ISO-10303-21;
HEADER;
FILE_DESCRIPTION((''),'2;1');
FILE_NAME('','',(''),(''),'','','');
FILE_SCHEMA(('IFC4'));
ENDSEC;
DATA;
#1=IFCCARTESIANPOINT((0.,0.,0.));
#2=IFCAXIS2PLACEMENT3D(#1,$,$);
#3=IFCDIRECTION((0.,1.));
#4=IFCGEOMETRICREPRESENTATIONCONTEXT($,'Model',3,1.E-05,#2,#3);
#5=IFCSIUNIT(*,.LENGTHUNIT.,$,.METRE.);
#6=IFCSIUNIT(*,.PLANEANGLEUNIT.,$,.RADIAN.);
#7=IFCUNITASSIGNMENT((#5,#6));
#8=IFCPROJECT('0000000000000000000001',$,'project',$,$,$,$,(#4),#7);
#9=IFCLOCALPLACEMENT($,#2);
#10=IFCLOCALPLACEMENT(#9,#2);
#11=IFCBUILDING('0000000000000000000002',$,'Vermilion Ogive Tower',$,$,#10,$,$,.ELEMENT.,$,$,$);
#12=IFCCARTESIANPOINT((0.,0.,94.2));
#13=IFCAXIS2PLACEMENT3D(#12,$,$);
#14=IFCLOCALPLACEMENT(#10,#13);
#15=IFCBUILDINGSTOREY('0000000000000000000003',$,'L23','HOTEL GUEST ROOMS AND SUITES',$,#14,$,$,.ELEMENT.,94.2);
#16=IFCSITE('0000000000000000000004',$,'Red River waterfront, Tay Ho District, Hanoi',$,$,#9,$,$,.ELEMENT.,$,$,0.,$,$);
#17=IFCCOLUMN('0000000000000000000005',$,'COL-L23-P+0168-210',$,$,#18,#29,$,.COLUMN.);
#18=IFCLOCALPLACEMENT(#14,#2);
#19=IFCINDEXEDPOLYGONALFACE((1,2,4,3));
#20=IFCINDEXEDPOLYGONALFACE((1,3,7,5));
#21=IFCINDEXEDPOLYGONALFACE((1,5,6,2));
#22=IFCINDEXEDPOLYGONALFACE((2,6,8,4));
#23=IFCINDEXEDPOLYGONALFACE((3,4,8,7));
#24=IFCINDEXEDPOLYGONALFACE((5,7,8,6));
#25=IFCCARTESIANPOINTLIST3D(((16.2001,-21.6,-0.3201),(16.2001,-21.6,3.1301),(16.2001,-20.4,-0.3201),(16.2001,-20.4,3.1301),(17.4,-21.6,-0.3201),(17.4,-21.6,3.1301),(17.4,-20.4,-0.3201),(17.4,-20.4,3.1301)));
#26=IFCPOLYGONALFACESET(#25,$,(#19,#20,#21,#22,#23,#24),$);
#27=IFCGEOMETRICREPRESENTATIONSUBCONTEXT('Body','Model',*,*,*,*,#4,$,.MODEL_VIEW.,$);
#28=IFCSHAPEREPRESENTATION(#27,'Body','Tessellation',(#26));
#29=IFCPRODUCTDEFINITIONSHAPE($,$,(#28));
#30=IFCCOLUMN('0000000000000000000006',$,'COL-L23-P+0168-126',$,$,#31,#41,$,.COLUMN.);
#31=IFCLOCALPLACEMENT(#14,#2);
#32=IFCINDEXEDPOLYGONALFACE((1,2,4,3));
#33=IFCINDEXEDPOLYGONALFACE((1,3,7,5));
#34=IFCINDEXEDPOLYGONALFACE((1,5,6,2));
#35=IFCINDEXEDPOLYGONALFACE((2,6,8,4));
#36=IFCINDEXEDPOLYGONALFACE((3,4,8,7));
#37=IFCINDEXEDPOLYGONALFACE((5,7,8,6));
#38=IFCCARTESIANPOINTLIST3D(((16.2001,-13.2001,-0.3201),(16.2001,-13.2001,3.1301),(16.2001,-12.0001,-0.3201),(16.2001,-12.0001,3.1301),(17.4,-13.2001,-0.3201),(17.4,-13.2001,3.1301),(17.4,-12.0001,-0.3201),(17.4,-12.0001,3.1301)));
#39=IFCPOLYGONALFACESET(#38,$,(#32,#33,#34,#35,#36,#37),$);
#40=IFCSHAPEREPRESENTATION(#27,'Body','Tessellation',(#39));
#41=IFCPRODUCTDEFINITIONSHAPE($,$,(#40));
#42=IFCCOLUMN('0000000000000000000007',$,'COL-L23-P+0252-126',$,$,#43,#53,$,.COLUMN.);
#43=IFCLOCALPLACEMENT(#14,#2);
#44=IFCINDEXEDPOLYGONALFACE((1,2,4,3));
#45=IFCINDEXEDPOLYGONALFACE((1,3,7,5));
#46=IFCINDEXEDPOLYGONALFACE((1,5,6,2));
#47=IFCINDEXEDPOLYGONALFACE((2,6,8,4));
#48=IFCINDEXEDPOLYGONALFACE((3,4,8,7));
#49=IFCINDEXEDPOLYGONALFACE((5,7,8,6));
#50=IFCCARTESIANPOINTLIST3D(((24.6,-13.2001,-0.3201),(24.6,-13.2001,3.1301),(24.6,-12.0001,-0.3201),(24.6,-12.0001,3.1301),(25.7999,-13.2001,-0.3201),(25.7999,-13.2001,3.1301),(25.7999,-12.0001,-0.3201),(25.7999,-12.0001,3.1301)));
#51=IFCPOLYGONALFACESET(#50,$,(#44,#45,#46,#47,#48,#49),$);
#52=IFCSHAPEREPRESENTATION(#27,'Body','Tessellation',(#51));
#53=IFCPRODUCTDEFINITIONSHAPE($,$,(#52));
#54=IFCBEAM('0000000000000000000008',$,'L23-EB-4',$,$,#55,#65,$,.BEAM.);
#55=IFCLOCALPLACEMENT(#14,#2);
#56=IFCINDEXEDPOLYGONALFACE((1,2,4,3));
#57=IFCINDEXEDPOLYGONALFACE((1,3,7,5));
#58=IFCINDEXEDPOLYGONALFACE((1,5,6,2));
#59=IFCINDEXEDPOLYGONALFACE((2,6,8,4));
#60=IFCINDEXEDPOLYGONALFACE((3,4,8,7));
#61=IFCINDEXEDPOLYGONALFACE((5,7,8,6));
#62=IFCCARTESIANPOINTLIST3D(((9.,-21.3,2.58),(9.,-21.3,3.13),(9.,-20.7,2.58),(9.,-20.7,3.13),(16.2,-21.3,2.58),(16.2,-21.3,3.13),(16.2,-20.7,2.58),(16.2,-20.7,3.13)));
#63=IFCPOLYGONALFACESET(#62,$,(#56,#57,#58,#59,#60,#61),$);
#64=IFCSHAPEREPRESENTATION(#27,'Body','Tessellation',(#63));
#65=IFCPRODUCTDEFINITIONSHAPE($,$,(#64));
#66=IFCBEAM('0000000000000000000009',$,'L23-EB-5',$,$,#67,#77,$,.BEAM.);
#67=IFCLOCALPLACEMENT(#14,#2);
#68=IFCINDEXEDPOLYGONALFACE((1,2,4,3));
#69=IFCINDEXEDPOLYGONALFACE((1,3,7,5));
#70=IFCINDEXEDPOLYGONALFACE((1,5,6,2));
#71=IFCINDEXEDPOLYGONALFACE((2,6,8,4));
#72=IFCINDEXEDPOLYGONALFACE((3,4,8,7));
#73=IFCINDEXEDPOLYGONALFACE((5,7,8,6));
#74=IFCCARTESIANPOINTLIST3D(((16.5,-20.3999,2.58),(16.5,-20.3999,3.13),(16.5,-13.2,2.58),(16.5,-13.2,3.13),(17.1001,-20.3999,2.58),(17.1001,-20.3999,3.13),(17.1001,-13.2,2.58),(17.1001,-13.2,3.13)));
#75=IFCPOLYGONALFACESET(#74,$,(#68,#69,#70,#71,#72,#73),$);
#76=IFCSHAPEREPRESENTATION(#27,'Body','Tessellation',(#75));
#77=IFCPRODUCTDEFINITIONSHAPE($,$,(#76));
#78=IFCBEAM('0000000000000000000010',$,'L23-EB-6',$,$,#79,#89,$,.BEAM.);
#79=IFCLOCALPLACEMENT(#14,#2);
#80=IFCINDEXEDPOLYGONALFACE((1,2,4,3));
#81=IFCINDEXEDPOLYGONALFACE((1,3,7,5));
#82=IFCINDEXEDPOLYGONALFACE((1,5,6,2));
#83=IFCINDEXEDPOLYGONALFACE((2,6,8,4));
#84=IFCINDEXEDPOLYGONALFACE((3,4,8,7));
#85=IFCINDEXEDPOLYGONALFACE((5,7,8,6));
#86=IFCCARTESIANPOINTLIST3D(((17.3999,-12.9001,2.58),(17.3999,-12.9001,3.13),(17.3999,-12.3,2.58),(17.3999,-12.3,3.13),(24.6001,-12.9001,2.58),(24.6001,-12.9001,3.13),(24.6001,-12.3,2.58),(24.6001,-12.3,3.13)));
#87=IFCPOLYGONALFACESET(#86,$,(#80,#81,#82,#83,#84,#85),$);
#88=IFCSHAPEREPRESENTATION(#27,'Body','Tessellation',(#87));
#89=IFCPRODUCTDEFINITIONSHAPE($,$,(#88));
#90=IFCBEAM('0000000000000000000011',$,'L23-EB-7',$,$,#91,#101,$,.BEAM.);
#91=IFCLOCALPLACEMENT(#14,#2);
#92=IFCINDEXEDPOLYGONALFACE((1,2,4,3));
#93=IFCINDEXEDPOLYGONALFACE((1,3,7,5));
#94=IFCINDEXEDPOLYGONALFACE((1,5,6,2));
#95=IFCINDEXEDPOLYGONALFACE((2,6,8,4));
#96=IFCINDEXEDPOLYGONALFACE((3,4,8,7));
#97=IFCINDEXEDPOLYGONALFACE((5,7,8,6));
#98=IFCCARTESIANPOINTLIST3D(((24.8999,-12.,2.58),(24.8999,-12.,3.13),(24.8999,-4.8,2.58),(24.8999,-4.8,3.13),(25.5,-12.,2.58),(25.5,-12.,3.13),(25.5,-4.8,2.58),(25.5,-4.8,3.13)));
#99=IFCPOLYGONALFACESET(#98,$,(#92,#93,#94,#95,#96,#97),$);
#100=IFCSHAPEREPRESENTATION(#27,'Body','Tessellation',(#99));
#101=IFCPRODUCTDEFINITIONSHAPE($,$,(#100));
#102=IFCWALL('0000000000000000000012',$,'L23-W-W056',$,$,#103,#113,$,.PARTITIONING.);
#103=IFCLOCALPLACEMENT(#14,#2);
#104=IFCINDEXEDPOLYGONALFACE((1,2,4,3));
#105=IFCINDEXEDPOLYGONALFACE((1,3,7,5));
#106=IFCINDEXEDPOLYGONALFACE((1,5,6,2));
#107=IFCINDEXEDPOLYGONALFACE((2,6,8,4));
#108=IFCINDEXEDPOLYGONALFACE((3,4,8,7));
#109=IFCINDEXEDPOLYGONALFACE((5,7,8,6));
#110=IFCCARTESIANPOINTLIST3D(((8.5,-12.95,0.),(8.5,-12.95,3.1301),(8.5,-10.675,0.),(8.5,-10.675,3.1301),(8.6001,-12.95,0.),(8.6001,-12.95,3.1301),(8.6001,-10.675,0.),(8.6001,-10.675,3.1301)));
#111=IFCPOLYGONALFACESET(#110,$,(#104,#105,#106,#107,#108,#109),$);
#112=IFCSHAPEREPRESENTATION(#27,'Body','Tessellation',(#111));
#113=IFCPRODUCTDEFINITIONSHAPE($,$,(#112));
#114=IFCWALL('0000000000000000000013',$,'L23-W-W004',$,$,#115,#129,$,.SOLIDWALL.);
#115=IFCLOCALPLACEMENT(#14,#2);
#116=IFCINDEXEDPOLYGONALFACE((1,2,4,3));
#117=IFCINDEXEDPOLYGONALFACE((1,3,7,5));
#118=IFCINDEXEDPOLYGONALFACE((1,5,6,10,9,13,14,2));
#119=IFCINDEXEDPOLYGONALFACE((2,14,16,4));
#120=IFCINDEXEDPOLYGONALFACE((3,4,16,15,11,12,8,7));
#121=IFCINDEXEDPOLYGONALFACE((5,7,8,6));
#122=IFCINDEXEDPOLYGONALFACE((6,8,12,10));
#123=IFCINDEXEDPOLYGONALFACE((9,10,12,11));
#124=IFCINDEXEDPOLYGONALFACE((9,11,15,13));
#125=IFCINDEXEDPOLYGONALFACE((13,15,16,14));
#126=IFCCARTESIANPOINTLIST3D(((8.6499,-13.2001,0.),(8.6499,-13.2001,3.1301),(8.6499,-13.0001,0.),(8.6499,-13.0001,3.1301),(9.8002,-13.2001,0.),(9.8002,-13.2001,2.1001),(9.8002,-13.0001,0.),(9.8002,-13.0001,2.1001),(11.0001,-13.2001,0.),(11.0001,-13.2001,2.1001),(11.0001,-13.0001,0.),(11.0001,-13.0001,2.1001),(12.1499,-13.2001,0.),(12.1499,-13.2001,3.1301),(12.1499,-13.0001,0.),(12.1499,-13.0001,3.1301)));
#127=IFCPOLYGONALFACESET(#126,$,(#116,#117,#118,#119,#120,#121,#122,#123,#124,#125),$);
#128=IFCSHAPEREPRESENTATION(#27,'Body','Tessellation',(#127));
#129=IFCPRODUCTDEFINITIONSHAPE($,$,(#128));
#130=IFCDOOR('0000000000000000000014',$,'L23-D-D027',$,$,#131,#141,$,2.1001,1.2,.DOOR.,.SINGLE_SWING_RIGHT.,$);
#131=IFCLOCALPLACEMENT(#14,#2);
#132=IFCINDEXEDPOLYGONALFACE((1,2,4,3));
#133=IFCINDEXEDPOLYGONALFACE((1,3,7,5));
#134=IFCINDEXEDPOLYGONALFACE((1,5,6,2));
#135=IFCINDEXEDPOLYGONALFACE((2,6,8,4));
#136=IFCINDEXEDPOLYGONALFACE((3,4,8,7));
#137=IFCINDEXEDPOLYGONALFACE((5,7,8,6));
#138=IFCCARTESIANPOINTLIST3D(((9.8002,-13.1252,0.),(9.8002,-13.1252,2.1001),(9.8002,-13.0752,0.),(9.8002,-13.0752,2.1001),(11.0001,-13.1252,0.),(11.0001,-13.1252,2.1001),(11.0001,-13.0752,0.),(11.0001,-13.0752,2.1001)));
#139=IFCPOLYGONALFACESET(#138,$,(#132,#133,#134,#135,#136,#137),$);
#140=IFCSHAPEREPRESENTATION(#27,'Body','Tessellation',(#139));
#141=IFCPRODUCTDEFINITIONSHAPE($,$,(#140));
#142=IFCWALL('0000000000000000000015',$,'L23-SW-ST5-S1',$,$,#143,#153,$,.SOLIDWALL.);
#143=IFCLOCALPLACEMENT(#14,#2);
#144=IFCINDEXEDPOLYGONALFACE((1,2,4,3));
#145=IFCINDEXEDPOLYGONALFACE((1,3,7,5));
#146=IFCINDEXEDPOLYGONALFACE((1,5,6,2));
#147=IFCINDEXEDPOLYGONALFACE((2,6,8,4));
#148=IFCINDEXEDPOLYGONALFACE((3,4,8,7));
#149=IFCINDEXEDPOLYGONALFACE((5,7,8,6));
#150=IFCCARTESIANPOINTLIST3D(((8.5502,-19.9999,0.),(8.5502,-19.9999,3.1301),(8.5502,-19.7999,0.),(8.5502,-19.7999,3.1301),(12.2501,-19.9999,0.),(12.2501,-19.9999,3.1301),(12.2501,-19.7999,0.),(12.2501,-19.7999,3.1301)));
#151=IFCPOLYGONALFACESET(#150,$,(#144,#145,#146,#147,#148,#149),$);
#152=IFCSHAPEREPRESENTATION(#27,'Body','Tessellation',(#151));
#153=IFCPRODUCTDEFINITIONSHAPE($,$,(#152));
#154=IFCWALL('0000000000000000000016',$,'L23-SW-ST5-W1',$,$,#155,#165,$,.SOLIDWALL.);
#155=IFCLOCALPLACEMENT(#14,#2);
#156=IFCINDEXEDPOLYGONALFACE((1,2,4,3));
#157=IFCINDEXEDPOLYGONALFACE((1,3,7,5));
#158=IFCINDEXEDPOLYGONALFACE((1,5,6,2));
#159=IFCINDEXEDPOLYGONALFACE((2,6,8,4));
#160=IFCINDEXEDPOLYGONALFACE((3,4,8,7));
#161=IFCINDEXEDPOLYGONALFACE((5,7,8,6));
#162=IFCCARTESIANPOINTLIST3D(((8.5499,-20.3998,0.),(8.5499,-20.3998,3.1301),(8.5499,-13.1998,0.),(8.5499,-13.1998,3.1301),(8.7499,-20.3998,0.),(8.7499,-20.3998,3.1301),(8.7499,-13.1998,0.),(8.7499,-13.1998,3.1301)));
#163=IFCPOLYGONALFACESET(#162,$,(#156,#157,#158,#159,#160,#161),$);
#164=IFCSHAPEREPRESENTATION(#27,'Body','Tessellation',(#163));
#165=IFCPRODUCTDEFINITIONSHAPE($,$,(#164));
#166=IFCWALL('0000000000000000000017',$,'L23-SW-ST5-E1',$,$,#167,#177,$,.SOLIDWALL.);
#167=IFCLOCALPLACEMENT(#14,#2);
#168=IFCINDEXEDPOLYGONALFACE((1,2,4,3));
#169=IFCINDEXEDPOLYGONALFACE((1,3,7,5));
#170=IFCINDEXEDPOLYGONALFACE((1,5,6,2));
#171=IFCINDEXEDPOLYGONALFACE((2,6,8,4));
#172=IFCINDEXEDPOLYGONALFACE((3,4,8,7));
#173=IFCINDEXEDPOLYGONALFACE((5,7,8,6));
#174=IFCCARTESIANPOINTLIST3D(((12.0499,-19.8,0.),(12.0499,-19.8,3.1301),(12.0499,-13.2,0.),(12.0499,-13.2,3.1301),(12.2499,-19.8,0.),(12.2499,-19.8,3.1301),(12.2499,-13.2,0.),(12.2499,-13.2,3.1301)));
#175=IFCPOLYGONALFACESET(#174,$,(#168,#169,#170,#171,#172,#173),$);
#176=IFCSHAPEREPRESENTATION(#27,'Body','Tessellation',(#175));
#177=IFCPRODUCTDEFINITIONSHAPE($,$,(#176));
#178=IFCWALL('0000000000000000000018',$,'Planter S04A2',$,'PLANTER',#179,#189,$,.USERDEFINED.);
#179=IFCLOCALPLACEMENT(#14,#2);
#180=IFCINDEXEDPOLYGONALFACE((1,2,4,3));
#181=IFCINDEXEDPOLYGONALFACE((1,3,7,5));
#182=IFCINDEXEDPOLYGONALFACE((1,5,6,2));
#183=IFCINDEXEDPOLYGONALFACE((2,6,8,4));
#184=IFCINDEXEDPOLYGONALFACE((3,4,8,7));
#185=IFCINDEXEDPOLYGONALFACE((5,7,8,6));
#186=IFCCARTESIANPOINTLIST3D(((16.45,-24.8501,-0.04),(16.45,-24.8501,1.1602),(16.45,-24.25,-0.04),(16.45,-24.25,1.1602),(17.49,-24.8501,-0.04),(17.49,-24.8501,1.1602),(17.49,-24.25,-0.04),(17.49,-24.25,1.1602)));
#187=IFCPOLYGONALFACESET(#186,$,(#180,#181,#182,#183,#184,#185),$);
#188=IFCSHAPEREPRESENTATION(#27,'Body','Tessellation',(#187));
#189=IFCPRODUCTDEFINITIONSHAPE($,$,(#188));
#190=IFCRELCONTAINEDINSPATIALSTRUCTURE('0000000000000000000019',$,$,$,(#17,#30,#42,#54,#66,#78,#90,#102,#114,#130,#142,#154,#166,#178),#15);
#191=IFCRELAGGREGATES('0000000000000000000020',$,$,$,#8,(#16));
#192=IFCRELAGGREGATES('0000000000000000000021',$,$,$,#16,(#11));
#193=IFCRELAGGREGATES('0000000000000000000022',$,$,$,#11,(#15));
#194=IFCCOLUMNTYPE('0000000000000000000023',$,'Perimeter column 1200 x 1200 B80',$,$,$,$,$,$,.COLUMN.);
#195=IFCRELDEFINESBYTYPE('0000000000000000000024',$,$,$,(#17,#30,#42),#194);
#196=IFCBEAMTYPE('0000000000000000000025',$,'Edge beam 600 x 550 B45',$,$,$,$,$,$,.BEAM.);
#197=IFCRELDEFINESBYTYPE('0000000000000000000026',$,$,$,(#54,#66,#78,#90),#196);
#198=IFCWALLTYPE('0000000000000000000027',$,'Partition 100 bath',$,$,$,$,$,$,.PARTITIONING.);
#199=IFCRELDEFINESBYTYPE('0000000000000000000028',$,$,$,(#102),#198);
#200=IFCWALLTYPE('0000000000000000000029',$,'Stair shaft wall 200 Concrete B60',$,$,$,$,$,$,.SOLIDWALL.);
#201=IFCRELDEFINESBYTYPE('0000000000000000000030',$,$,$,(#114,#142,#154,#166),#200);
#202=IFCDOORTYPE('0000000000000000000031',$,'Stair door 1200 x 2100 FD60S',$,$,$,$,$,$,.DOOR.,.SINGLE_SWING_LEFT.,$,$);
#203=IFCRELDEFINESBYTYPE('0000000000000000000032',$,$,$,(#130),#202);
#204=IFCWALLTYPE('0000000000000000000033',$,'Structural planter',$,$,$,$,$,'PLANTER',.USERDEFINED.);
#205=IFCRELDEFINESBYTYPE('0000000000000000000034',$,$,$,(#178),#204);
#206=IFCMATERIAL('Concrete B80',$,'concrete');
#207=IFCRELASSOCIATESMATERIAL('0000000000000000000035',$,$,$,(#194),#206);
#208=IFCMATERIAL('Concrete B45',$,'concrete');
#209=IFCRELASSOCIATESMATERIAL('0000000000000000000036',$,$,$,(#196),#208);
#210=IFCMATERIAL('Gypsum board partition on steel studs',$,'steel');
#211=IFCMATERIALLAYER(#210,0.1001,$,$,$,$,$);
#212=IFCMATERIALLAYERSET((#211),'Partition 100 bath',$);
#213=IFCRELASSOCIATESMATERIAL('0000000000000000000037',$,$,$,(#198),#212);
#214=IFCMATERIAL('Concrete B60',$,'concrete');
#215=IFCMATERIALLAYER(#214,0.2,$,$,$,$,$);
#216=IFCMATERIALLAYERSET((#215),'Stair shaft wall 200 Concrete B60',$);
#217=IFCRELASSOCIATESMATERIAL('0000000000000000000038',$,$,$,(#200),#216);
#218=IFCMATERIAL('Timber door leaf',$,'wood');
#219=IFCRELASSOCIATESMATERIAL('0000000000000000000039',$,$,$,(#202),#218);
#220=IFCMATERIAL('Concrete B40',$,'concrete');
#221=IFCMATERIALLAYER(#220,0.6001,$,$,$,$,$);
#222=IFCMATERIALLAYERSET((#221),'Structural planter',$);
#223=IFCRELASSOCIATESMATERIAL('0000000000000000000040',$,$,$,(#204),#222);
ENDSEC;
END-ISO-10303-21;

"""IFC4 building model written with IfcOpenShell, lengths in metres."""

from ifc_helpers import new_model, si_unit, direction, frame, frame_2d, origin, origin_2d, place, context, subcontext, project, spatial, rectangle, extrude, material, layer, layer_set, material_profile, profile_set, type_object, element, fill, save


model = new_model("IFC4")

# Units and contexts
model_context = context("Model", 3, precision=1e-05, world=origin(), true_north=direction((0.0, 1.0)))
body_context = subcontext(model_context, "Body", "Model", "MODEL_VIEW")
ifc_project = project(units=[si_unit("LENGTHUNIT", "METRE"), si_unit("PLANEANGLEUNIT", "RADIAN")], contexts=[model_context])

# Site, building, storey
site_placement = place(None, origin())
site = spatial("IfcSite", under=ifc_project, at=site_placement, Name="Red River waterfront, Tay Ho District, Hanoi", CompositionType="ELEMENT", RefElevation=0.0)
building_placement = place(site_placement, origin())
building = spatial("IfcBuilding", under=site, at=building_placement, Name="Vermilion Ogive Tower", CompositionType="ELEMENT")
storey_placement = place(building_placement, frame((0.0, 0.0, 94.2)))
storey = spatial("IfcBuildingStorey", under=building, at=storey_placement, Name="L23", Description="HOTEL GUEST ROOMS AND SUITES", CompositionType="ELEMENT", Elevation=94.2)

# Columns
ifc_material_1 = material(Name="Concrete B80", Category="concrete")
ifc_material_profile_1 = material_profile(ifc_material_1, rectangle(XDim=1.2, YDim=1.2, at=origin_2d()), Name="1200 x 1200")
ifc_profile_set_1 = profile_set([ifc_material_profile_1], Name="Concrete B80")
column_type = type_object("IfcColumnType", Name="Perimeter column 1200 x 1200 B80", PredefinedType="COLUMN", material=ifc_profile_set_1)
for number, where, z_axis, x_axis, name in (
    (1, (16.8, -21.0, -0.3201), (0.0, 0.0, 1.0), (1.0, 0.0, 0.0), "COL-L23-P+0168-210"),
    (2, (16.8, -12.6001, -0.3201), (0.0, 0.0, 1.0), (1.0, 0.0, 0.0), "COL-L23-P+0168-126"),
    (3, (25.2, -12.6001, -0.3201), (0.0, 0.0, 1.0), (1.0, 0.0, 0.0), "COL-L23-P+0252-126"),
):
    element("IfcColumn", number, at=place(storey_placement, frame(where, z_axis=z_axis, x_axis=x_axis)), inside=storey, type_object=column_type, Name=name, PredefinedType="COLUMN", context=body_context, shape_type="SweptSolid", body=[
        extrude(rectangle(XDim=1.2, YDim=1.2, at=origin_2d()), origin(), (0.0, 0.0, 1.0), 3.4502),
    ])

# Beams
ifc_material_2 = material(Name="Concrete B45", Category="concrete")
ifc_material_profile_2 = material_profile(ifc_material_2, rectangle(XDim=0.6001, YDim=0.55, at=origin_2d()), Name="600 x 550")
ifc_profile_set_2 = profile_set([ifc_material_profile_2], Name="Concrete B45")
beam_type = type_object("IfcBeamType", Name="Edge beam 600 x 550 B45", PredefinedType="BEAM", material=ifc_profile_set_2)
for number, where, z_axis, x_axis, name in (
    (4, (9.0, -21.0, 2.855), (1.0, 0.0, 0.0), (0.0, 1.0, 0.0), "L23-EB-4"),
    (5, (16.8, -20.3999, 2.855), (0.0, 1.0, 0.0), (-1.0, 0.0, 0.0), "L23-EB-5"),
):
    element("IfcBeam", number, at=place(storey_placement, frame(where, z_axis=z_axis, x_axis=x_axis)), inside=storey, type_object=beam_type, Name=name, PredefinedType="BEAM", context=body_context, shape_type="SweptSolid", body=[
        extrude(rectangle(XDim=0.6001, YDim=0.55, at=origin_2d()), origin(), (0.0, 0.0, 1.0), 7.2),
    ])
beam_1_placement = place(storey_placement, frame((17.3999, -12.6001, 2.855), z_axis=(1.0, 0.0, 0.0), x_axis=(0.0, 1.0, 0.0)))
element("IfcBeam", 6, at=beam_1_placement, inside=storey, type_object=beam_type, Name="L23-EB-6", PredefinedType="BEAM", context=body_context, shape_type="SweptSolid", body=[
    extrude(rectangle(XDim=0.6001, YDim=0.55, at=origin_2d()), origin(), (0.0, 0.0, 1.0), 7.2002),
])
beam_2_placement = place(storey_placement, frame((25.2, -12.0, 2.855), z_axis=(0.0, 1.0, 0.0), x_axis=(-1.0, 0.0, 0.0)))
element("IfcBeam", 7, at=beam_2_placement, inside=storey, type_object=beam_type, Name="L23-EB-7", PredefinedType="BEAM", context=body_context, shape_type="SweptSolid", body=[
    extrude(rectangle(XDim=0.6001, YDim=0.55, at=origin_2d()), origin(), (0.0, 0.0, 1.0), 7.2),
])

# Wall
ifc_material_3 = material(Name="Gypsum board partition on steel studs", Category="steel")
ifc_layer_1 = layer(ifc_material_3, 0.1001)
ifc_layer_set_1 = layer_set([ifc_layer_1], Name="Partition 100 bath")
wall_type_1 = type_object("IfcWallType", Name="Partition 100 bath", PredefinedType="PARTITIONING", material=ifc_layer_set_1)
wall_1_placement = place(storey_placement, frame((8.55, -12.95, 0.0), z_axis=(0.0, 0.0, 1.0), x_axis=(0.0, 1.0, 0.0)))
element("IfcWall", 8, at=wall_1_placement, inside=storey, type_object=wall_type_1, Name="L23-W-W056", PredefinedType="PARTITIONING", context=body_context, shape_type="SweptSolid", body=[
    extrude(rectangle(XDim=2.2749, YDim=0.1001, at=frame_2d((1.1375, 0.0))), origin(), (0.0, 0.0, 1.0), 3.1301),
])

# Wall, opening, door
ifc_material_4 = material(Name="Concrete B60", Category="concrete")
ifc_layer_2 = layer(ifc_material_4, 0.2)
ifc_layer_set_2 = layer_set([ifc_layer_2], Name="Stair shaft wall 200 Concrete B60")
wall_type_2 = type_object("IfcWallType", Name="Stair shaft wall 200 Concrete B60", PredefinedType="SOLIDWALL", material=ifc_layer_set_2)
wall_2_placement = place(storey_placement, frame((8.6499, -13.1001, 0.0), z_axis=(0.0, 0.0, 1.0), x_axis=(1.0, 0.0, 0.0)))
wall_2 = element("IfcWall", 9, at=wall_2_placement, inside=storey, type_object=wall_type_2, Name="L23-W-W004", PredefinedType="SOLIDWALL", context=body_context, shape_type="SweptSolid", body=[
    extrude(rectangle(XDim=3.5, YDim=0.2, at=frame_2d((1.75, 0.0))), origin(), (0.0, 0.0, 1.0), 3.1301),
])
opening_1_placement = place(wall_2_placement, frame((1.1501, 0.0, 0.0)))
opening_1 = element("IfcOpeningElement", 10, at=opening_1_placement, cuts=wall_2, PredefinedType="OPENING", context=body_context, shape_type="SweptSolid", body=[
    extrude(rectangle(XDim=1.2, YDim=2.1001, at=frame_2d((0.6001, 1.05))), frame((0.0, 0.1099, 0.0), z_axis=(0.0, -1.0, 0.0), x_axis=(1.0, 0.0, 0.0)), (0.0, 0.0, 1.0), 0.22),
])
ifc_material_5 = material(Name="Timber door leaf", Category="wood")
door_type_1 = type_object("IfcDoorType", Name="Stair door 1200 x 2100 FD60S", OperationType="SINGLE_SWING_LEFT", PredefinedType="DOOR", material=ifc_material_5)
door_1_placement = place(opening_1_placement, origin())
door_1 = element("IfcDoor", 11, at=door_1_placement, inside=storey, type_object=door_type_1, Name="L23-D-D027", OperationType="SINGLE_SWING_RIGHT", OverallHeight=2.1001, OverallWidth=1.2, PredefinedType="DOOR", context=body_context, shape_type="SweptSolid", body=[
    extrude(rectangle(XDim=1.2, YDim=2.1001, at=frame_2d((0.6001, 1.05))), frame((0.0, 0.0249, 0.0), z_axis=(0.0, -1.0, 0.0), x_axis=(1.0, 0.0, 0.0)), (0.0, 0.0, 1.0), 0.05),
])
fill(opening_1, door_1)

# Walls
wall_3_placement = place(storey_placement, frame((8.55, -19.8999, 0.0), z_axis=(0.0, 0.0, 1.0), x_axis=(1.0, 0.0, 0.0)))
element("IfcWall", 12, at=wall_3_placement, inside=storey, type_object=wall_type_2, Name="L23-SW-ST5-S1", PredefinedType="SOLIDWALL", context=body_context, shape_type="SweptSolid", body=[
    extrude(rectangle(XDim=3.7, YDim=0.2, at=frame_2d((1.8501, 0.0))), origin(), (0.0, 0.0, 1.0), 3.1301),
])
wall_4_placement = place(storey_placement, frame((8.6499, -20.3999, 0.0), z_axis=(0.0, 0.0, 1.0), x_axis=(0.0, 1.0, 0.0)))
element("IfcWall", 13, at=wall_4_placement, inside=storey, type_object=wall_type_2, Name="L23-SW-ST5-W1", PredefinedType="SOLIDWALL", context=body_context, shape_type="SweptSolid", body=[
    extrude(rectangle(XDim=7.2, YDim=0.2, at=frame_2d((3.6001, 0.0))), origin(), (0.0, 0.0, 1.0), 3.1301),
])
wall_5_placement = place(storey_placement, frame((12.1499, -19.8, 0.0), z_axis=(0.0, 0.0, 1.0), x_axis=(0.0, 1.0, 0.0)))
element("IfcWall", 14, at=wall_5_placement, inside=storey, type_object=wall_type_2, Name="L23-SW-ST5-E1", PredefinedType="SOLIDWALL", context=body_context, shape_type="SweptSolid", body=[
    extrude(rectangle(XDim=6.6001, YDim=0.2, at=frame_2d((3.3, 0.0))), origin(), (0.0, 0.0, 1.0), 3.1301),
])
ifc_material_6 = material(Name="Concrete B40", Category="concrete")
ifc_layer_3 = layer(ifc_material_6, 0.6001)
ifc_layer_set_3 = layer_set([ifc_layer_3], Name="Structural planter")
wall_type_3 = type_object("IfcWallType", Name="Structural planter", ElementType="PLANTER", PredefinedType="USERDEFINED", material=ifc_layer_set_3)
wall_6_placement = place(storey_placement, frame((16.45, -24.55, -0.04), z_axis=(0.0, 0.0, 1.0), x_axis=(1.0, 0.0, 0.0)))
element("IfcWall", 15, at=wall_6_placement, inside=storey, type_object=wall_type_3, Name="Planter S04A2", ObjectType="PLANTER", PredefinedType="USERDEFINED", context=body_context, shape_type="SweptSolid", body=[
    extrude(rectangle(XDim=1.04, YDim=0.6001, at=frame_2d((0.52, 0.0))), origin(), (0.0, 0.0, 1.0), 1.2002),
])

save(model, "model.ifc")
